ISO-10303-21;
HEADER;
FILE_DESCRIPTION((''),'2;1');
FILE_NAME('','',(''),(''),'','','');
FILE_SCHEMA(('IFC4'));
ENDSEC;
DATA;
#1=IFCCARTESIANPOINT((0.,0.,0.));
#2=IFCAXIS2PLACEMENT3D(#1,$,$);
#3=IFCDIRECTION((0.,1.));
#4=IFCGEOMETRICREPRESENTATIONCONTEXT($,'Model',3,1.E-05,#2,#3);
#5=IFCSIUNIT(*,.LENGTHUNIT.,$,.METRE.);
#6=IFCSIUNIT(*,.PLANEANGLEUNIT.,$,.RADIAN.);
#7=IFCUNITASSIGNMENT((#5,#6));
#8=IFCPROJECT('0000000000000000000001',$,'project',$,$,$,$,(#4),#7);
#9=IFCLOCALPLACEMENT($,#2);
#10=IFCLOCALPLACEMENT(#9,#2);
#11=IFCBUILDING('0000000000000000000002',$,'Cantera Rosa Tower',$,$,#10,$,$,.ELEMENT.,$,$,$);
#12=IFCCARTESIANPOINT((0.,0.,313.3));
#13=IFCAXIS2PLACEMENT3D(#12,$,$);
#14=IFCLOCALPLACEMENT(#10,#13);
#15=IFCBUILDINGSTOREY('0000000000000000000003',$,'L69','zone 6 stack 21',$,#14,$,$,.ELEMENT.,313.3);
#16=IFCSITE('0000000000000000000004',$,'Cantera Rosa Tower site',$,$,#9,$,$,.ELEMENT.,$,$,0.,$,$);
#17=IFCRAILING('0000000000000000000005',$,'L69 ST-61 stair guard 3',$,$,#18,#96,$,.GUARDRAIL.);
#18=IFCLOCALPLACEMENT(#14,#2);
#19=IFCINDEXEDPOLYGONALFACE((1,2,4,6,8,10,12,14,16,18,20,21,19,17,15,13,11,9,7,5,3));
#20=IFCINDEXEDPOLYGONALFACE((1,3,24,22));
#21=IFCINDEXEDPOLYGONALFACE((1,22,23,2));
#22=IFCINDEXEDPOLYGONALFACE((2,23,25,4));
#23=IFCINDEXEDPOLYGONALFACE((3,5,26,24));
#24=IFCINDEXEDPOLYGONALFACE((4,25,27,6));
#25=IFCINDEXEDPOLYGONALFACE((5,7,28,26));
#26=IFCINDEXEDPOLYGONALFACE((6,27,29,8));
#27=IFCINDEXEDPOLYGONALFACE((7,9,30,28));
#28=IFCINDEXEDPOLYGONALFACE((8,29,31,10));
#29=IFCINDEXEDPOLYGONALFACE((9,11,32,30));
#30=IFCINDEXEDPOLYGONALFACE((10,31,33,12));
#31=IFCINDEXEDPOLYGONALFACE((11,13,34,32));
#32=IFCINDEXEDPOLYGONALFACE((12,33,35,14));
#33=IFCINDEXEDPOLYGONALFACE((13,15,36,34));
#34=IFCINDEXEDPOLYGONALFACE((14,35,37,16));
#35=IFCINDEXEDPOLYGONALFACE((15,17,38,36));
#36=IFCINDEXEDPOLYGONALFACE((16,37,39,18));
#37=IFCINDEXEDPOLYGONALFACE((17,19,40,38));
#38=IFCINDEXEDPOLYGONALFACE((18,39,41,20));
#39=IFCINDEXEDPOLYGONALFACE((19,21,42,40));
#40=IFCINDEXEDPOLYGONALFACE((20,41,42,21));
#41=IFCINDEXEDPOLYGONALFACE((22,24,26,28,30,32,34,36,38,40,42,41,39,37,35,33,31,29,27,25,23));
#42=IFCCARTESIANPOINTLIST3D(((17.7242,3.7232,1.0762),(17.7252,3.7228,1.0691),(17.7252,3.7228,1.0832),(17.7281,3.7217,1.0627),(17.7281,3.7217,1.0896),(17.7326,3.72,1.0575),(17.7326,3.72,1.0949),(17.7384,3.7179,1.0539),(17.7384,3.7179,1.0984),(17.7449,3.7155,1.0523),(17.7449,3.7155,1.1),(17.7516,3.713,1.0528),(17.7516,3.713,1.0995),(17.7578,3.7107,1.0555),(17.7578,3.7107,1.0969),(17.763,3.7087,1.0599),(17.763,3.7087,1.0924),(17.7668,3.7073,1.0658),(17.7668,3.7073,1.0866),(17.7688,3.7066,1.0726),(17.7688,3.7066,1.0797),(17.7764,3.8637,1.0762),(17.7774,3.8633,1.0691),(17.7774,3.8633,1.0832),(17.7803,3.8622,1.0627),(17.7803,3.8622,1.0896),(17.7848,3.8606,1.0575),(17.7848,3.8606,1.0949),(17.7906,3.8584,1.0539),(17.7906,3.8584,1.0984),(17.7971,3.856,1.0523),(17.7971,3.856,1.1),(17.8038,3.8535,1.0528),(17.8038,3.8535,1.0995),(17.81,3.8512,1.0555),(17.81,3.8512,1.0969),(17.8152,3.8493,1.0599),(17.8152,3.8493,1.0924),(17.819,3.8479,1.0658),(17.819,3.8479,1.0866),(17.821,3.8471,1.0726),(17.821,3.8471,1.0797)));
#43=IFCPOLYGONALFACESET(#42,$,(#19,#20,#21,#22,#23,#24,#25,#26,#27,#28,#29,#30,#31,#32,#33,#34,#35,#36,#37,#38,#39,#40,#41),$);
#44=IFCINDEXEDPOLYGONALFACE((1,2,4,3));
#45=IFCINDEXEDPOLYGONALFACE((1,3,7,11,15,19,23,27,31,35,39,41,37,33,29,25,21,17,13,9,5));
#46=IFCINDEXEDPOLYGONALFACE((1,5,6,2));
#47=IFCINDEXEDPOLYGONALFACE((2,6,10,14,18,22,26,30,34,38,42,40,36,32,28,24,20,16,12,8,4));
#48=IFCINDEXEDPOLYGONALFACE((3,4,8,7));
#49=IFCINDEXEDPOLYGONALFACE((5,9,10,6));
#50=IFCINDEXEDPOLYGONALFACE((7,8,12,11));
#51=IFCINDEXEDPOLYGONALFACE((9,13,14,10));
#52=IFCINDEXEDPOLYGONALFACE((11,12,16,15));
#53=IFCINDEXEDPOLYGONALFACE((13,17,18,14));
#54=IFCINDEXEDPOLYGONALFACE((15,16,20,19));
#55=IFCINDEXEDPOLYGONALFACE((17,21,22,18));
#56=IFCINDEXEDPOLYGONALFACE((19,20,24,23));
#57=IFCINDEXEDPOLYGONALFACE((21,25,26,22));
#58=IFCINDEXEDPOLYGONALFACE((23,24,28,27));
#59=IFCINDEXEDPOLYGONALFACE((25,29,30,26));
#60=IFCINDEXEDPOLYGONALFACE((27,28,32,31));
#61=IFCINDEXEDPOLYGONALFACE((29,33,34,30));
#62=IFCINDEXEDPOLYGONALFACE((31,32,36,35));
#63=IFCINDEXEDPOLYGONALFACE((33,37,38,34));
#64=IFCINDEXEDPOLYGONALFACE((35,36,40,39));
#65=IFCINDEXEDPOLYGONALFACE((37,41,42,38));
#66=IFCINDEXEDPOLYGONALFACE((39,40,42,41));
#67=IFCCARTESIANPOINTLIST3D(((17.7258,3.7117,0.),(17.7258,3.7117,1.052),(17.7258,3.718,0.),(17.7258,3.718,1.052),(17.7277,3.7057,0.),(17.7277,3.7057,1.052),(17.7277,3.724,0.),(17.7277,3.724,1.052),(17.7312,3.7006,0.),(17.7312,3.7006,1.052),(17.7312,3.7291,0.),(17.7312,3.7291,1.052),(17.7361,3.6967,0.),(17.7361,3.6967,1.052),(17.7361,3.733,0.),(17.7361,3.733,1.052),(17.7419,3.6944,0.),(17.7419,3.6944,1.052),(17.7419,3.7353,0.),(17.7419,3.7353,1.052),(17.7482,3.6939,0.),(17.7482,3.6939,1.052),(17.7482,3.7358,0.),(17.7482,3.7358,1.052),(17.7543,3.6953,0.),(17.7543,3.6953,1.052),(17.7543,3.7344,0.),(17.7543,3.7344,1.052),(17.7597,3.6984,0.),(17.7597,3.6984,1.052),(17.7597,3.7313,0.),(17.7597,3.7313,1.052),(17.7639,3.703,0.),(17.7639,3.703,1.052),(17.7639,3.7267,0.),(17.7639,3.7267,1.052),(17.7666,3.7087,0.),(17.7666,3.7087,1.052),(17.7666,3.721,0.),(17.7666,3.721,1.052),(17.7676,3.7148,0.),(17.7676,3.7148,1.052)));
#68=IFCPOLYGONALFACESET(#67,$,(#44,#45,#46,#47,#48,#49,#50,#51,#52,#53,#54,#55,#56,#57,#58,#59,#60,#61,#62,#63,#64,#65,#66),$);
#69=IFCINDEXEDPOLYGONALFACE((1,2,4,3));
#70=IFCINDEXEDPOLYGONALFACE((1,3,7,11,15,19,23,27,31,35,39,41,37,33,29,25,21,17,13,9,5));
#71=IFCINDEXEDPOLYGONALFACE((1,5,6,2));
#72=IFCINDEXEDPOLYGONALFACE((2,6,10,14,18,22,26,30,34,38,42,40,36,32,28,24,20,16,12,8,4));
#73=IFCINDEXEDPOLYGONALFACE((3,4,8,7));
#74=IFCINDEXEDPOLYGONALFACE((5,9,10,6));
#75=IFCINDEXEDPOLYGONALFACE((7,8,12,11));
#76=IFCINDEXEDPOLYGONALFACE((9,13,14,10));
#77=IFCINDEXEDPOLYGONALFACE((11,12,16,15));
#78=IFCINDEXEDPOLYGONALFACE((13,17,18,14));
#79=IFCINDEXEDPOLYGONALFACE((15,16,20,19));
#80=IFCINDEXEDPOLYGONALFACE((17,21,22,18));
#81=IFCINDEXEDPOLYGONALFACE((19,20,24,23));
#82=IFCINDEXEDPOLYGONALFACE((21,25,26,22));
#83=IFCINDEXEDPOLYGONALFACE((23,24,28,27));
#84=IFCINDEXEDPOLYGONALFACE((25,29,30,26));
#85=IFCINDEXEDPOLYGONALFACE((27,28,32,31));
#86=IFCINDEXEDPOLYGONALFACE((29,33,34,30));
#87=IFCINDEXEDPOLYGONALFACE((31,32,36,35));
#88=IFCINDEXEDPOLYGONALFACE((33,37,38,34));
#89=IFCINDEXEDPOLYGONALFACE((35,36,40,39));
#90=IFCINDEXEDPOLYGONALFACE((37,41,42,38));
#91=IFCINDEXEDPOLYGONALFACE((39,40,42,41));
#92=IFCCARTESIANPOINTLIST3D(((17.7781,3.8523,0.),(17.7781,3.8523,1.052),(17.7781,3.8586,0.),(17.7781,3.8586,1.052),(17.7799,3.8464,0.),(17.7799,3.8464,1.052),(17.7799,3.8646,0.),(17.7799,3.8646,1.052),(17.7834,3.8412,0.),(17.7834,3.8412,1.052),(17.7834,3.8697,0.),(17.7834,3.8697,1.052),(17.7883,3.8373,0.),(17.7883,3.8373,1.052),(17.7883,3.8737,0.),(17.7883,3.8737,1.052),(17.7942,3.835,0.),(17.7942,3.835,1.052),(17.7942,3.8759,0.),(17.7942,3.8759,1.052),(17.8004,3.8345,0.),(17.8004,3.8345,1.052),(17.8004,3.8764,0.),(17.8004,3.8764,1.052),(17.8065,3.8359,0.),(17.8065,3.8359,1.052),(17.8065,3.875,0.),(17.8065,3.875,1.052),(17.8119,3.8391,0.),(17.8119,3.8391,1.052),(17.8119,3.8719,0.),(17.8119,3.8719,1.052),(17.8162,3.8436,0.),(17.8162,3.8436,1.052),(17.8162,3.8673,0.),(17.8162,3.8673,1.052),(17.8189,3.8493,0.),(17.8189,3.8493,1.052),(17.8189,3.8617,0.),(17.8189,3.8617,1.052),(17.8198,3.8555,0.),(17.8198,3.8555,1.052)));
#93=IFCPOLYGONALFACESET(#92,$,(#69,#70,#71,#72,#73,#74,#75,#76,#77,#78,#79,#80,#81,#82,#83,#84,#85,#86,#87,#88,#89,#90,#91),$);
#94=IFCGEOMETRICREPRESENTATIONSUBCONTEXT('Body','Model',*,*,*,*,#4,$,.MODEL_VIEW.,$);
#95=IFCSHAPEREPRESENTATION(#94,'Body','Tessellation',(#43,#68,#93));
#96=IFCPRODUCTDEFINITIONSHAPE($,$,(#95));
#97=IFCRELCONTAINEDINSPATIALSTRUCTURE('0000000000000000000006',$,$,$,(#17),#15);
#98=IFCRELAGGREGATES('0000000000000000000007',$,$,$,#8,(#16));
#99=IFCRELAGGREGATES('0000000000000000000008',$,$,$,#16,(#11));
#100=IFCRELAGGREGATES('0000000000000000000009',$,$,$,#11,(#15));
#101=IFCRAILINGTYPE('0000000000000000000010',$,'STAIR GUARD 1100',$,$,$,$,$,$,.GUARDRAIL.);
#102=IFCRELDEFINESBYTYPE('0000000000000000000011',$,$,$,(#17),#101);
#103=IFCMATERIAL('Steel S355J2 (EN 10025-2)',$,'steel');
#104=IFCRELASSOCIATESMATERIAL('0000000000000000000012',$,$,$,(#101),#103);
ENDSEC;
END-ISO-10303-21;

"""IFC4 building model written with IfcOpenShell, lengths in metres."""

from ifc_helpers import new_model, si_unit, direction, frame, origin, origin_2d, place, context, subcontext, project, spatial, circle, extrude, material, type_object, element, save


model = new_model("IFC4")

# Units and contexts
model_context = context("Model", 3, precision=1e-05, world=origin(), true_north=direction((0.0, 1.0)))
body_context = subcontext(model_context, "Body", "Model", "MODEL_VIEW")
ifc_project = project(units=[si_unit("LENGTHUNIT", "METRE"), si_unit("PLANEANGLEUNIT", "RADIAN")], contexts=[model_context])

# Site, building, storey
site_placement = place(None, origin())
site = spatial("IfcSite", under=ifc_project, at=site_placement, Name="Cantera Rosa Tower site", CompositionType="ELEMENT", RefElevation=0.0)
building_placement = place(site_placement, origin())
building = spatial("IfcBuilding", under=site, at=building_placement, Name="Cantera Rosa Tower", CompositionType="ELEMENT")
storey_placement = place(building_placement, frame((0.0, 0.0, 313.3)))
storey = spatial("IfcBuildingStorey", under=building, at=storey_placement, Name="L69", Description="zone 6 stack 21", CompositionType="ELEMENT", Elevation=313.3)

# Railing
ifc_material_1 = material(Name="Steel S355J2 (EN 10025-2)", Category="steel")
railing_type_1 = type_object("IfcRailingType", Name="STAIR GUARD 1100", PredefinedType="GUARDRAIL", material=ifc_material_1)
railing_1_placement = place(storey_placement, frame((17.7466, 3.7148, 0.0)))
element("IfcRailing", 1, at=railing_1_placement, inside=storey, type_object=railing_type_1, Name="L69 ST-61 stair guard 3", PredefinedType="GUARDRAIL", context=body_context, shape_type="SweptSolid", body=[
    extrude(circle(Radius=0.0239, at=origin_2d()), frame((0.0, 0.0, 1.0762), z_axis=(0.348268, 0.937395, 0.0), x_axis=(-0.937395, 0.348268, 0.0)), (0.0, 0.0, 1.0), 0.1499),
    extrude(circle(Radius=0.021, at=origin_2d()), origin(), (0.0, 0.0, 1.0), 1.052),
    extrude(circle(Radius=0.021, at=origin_2d()), frame((0.0522, 0.1406, 0.0)), (0.0, 0.0, 1.0), 1.052),
])

save(model, "model.ifc")
